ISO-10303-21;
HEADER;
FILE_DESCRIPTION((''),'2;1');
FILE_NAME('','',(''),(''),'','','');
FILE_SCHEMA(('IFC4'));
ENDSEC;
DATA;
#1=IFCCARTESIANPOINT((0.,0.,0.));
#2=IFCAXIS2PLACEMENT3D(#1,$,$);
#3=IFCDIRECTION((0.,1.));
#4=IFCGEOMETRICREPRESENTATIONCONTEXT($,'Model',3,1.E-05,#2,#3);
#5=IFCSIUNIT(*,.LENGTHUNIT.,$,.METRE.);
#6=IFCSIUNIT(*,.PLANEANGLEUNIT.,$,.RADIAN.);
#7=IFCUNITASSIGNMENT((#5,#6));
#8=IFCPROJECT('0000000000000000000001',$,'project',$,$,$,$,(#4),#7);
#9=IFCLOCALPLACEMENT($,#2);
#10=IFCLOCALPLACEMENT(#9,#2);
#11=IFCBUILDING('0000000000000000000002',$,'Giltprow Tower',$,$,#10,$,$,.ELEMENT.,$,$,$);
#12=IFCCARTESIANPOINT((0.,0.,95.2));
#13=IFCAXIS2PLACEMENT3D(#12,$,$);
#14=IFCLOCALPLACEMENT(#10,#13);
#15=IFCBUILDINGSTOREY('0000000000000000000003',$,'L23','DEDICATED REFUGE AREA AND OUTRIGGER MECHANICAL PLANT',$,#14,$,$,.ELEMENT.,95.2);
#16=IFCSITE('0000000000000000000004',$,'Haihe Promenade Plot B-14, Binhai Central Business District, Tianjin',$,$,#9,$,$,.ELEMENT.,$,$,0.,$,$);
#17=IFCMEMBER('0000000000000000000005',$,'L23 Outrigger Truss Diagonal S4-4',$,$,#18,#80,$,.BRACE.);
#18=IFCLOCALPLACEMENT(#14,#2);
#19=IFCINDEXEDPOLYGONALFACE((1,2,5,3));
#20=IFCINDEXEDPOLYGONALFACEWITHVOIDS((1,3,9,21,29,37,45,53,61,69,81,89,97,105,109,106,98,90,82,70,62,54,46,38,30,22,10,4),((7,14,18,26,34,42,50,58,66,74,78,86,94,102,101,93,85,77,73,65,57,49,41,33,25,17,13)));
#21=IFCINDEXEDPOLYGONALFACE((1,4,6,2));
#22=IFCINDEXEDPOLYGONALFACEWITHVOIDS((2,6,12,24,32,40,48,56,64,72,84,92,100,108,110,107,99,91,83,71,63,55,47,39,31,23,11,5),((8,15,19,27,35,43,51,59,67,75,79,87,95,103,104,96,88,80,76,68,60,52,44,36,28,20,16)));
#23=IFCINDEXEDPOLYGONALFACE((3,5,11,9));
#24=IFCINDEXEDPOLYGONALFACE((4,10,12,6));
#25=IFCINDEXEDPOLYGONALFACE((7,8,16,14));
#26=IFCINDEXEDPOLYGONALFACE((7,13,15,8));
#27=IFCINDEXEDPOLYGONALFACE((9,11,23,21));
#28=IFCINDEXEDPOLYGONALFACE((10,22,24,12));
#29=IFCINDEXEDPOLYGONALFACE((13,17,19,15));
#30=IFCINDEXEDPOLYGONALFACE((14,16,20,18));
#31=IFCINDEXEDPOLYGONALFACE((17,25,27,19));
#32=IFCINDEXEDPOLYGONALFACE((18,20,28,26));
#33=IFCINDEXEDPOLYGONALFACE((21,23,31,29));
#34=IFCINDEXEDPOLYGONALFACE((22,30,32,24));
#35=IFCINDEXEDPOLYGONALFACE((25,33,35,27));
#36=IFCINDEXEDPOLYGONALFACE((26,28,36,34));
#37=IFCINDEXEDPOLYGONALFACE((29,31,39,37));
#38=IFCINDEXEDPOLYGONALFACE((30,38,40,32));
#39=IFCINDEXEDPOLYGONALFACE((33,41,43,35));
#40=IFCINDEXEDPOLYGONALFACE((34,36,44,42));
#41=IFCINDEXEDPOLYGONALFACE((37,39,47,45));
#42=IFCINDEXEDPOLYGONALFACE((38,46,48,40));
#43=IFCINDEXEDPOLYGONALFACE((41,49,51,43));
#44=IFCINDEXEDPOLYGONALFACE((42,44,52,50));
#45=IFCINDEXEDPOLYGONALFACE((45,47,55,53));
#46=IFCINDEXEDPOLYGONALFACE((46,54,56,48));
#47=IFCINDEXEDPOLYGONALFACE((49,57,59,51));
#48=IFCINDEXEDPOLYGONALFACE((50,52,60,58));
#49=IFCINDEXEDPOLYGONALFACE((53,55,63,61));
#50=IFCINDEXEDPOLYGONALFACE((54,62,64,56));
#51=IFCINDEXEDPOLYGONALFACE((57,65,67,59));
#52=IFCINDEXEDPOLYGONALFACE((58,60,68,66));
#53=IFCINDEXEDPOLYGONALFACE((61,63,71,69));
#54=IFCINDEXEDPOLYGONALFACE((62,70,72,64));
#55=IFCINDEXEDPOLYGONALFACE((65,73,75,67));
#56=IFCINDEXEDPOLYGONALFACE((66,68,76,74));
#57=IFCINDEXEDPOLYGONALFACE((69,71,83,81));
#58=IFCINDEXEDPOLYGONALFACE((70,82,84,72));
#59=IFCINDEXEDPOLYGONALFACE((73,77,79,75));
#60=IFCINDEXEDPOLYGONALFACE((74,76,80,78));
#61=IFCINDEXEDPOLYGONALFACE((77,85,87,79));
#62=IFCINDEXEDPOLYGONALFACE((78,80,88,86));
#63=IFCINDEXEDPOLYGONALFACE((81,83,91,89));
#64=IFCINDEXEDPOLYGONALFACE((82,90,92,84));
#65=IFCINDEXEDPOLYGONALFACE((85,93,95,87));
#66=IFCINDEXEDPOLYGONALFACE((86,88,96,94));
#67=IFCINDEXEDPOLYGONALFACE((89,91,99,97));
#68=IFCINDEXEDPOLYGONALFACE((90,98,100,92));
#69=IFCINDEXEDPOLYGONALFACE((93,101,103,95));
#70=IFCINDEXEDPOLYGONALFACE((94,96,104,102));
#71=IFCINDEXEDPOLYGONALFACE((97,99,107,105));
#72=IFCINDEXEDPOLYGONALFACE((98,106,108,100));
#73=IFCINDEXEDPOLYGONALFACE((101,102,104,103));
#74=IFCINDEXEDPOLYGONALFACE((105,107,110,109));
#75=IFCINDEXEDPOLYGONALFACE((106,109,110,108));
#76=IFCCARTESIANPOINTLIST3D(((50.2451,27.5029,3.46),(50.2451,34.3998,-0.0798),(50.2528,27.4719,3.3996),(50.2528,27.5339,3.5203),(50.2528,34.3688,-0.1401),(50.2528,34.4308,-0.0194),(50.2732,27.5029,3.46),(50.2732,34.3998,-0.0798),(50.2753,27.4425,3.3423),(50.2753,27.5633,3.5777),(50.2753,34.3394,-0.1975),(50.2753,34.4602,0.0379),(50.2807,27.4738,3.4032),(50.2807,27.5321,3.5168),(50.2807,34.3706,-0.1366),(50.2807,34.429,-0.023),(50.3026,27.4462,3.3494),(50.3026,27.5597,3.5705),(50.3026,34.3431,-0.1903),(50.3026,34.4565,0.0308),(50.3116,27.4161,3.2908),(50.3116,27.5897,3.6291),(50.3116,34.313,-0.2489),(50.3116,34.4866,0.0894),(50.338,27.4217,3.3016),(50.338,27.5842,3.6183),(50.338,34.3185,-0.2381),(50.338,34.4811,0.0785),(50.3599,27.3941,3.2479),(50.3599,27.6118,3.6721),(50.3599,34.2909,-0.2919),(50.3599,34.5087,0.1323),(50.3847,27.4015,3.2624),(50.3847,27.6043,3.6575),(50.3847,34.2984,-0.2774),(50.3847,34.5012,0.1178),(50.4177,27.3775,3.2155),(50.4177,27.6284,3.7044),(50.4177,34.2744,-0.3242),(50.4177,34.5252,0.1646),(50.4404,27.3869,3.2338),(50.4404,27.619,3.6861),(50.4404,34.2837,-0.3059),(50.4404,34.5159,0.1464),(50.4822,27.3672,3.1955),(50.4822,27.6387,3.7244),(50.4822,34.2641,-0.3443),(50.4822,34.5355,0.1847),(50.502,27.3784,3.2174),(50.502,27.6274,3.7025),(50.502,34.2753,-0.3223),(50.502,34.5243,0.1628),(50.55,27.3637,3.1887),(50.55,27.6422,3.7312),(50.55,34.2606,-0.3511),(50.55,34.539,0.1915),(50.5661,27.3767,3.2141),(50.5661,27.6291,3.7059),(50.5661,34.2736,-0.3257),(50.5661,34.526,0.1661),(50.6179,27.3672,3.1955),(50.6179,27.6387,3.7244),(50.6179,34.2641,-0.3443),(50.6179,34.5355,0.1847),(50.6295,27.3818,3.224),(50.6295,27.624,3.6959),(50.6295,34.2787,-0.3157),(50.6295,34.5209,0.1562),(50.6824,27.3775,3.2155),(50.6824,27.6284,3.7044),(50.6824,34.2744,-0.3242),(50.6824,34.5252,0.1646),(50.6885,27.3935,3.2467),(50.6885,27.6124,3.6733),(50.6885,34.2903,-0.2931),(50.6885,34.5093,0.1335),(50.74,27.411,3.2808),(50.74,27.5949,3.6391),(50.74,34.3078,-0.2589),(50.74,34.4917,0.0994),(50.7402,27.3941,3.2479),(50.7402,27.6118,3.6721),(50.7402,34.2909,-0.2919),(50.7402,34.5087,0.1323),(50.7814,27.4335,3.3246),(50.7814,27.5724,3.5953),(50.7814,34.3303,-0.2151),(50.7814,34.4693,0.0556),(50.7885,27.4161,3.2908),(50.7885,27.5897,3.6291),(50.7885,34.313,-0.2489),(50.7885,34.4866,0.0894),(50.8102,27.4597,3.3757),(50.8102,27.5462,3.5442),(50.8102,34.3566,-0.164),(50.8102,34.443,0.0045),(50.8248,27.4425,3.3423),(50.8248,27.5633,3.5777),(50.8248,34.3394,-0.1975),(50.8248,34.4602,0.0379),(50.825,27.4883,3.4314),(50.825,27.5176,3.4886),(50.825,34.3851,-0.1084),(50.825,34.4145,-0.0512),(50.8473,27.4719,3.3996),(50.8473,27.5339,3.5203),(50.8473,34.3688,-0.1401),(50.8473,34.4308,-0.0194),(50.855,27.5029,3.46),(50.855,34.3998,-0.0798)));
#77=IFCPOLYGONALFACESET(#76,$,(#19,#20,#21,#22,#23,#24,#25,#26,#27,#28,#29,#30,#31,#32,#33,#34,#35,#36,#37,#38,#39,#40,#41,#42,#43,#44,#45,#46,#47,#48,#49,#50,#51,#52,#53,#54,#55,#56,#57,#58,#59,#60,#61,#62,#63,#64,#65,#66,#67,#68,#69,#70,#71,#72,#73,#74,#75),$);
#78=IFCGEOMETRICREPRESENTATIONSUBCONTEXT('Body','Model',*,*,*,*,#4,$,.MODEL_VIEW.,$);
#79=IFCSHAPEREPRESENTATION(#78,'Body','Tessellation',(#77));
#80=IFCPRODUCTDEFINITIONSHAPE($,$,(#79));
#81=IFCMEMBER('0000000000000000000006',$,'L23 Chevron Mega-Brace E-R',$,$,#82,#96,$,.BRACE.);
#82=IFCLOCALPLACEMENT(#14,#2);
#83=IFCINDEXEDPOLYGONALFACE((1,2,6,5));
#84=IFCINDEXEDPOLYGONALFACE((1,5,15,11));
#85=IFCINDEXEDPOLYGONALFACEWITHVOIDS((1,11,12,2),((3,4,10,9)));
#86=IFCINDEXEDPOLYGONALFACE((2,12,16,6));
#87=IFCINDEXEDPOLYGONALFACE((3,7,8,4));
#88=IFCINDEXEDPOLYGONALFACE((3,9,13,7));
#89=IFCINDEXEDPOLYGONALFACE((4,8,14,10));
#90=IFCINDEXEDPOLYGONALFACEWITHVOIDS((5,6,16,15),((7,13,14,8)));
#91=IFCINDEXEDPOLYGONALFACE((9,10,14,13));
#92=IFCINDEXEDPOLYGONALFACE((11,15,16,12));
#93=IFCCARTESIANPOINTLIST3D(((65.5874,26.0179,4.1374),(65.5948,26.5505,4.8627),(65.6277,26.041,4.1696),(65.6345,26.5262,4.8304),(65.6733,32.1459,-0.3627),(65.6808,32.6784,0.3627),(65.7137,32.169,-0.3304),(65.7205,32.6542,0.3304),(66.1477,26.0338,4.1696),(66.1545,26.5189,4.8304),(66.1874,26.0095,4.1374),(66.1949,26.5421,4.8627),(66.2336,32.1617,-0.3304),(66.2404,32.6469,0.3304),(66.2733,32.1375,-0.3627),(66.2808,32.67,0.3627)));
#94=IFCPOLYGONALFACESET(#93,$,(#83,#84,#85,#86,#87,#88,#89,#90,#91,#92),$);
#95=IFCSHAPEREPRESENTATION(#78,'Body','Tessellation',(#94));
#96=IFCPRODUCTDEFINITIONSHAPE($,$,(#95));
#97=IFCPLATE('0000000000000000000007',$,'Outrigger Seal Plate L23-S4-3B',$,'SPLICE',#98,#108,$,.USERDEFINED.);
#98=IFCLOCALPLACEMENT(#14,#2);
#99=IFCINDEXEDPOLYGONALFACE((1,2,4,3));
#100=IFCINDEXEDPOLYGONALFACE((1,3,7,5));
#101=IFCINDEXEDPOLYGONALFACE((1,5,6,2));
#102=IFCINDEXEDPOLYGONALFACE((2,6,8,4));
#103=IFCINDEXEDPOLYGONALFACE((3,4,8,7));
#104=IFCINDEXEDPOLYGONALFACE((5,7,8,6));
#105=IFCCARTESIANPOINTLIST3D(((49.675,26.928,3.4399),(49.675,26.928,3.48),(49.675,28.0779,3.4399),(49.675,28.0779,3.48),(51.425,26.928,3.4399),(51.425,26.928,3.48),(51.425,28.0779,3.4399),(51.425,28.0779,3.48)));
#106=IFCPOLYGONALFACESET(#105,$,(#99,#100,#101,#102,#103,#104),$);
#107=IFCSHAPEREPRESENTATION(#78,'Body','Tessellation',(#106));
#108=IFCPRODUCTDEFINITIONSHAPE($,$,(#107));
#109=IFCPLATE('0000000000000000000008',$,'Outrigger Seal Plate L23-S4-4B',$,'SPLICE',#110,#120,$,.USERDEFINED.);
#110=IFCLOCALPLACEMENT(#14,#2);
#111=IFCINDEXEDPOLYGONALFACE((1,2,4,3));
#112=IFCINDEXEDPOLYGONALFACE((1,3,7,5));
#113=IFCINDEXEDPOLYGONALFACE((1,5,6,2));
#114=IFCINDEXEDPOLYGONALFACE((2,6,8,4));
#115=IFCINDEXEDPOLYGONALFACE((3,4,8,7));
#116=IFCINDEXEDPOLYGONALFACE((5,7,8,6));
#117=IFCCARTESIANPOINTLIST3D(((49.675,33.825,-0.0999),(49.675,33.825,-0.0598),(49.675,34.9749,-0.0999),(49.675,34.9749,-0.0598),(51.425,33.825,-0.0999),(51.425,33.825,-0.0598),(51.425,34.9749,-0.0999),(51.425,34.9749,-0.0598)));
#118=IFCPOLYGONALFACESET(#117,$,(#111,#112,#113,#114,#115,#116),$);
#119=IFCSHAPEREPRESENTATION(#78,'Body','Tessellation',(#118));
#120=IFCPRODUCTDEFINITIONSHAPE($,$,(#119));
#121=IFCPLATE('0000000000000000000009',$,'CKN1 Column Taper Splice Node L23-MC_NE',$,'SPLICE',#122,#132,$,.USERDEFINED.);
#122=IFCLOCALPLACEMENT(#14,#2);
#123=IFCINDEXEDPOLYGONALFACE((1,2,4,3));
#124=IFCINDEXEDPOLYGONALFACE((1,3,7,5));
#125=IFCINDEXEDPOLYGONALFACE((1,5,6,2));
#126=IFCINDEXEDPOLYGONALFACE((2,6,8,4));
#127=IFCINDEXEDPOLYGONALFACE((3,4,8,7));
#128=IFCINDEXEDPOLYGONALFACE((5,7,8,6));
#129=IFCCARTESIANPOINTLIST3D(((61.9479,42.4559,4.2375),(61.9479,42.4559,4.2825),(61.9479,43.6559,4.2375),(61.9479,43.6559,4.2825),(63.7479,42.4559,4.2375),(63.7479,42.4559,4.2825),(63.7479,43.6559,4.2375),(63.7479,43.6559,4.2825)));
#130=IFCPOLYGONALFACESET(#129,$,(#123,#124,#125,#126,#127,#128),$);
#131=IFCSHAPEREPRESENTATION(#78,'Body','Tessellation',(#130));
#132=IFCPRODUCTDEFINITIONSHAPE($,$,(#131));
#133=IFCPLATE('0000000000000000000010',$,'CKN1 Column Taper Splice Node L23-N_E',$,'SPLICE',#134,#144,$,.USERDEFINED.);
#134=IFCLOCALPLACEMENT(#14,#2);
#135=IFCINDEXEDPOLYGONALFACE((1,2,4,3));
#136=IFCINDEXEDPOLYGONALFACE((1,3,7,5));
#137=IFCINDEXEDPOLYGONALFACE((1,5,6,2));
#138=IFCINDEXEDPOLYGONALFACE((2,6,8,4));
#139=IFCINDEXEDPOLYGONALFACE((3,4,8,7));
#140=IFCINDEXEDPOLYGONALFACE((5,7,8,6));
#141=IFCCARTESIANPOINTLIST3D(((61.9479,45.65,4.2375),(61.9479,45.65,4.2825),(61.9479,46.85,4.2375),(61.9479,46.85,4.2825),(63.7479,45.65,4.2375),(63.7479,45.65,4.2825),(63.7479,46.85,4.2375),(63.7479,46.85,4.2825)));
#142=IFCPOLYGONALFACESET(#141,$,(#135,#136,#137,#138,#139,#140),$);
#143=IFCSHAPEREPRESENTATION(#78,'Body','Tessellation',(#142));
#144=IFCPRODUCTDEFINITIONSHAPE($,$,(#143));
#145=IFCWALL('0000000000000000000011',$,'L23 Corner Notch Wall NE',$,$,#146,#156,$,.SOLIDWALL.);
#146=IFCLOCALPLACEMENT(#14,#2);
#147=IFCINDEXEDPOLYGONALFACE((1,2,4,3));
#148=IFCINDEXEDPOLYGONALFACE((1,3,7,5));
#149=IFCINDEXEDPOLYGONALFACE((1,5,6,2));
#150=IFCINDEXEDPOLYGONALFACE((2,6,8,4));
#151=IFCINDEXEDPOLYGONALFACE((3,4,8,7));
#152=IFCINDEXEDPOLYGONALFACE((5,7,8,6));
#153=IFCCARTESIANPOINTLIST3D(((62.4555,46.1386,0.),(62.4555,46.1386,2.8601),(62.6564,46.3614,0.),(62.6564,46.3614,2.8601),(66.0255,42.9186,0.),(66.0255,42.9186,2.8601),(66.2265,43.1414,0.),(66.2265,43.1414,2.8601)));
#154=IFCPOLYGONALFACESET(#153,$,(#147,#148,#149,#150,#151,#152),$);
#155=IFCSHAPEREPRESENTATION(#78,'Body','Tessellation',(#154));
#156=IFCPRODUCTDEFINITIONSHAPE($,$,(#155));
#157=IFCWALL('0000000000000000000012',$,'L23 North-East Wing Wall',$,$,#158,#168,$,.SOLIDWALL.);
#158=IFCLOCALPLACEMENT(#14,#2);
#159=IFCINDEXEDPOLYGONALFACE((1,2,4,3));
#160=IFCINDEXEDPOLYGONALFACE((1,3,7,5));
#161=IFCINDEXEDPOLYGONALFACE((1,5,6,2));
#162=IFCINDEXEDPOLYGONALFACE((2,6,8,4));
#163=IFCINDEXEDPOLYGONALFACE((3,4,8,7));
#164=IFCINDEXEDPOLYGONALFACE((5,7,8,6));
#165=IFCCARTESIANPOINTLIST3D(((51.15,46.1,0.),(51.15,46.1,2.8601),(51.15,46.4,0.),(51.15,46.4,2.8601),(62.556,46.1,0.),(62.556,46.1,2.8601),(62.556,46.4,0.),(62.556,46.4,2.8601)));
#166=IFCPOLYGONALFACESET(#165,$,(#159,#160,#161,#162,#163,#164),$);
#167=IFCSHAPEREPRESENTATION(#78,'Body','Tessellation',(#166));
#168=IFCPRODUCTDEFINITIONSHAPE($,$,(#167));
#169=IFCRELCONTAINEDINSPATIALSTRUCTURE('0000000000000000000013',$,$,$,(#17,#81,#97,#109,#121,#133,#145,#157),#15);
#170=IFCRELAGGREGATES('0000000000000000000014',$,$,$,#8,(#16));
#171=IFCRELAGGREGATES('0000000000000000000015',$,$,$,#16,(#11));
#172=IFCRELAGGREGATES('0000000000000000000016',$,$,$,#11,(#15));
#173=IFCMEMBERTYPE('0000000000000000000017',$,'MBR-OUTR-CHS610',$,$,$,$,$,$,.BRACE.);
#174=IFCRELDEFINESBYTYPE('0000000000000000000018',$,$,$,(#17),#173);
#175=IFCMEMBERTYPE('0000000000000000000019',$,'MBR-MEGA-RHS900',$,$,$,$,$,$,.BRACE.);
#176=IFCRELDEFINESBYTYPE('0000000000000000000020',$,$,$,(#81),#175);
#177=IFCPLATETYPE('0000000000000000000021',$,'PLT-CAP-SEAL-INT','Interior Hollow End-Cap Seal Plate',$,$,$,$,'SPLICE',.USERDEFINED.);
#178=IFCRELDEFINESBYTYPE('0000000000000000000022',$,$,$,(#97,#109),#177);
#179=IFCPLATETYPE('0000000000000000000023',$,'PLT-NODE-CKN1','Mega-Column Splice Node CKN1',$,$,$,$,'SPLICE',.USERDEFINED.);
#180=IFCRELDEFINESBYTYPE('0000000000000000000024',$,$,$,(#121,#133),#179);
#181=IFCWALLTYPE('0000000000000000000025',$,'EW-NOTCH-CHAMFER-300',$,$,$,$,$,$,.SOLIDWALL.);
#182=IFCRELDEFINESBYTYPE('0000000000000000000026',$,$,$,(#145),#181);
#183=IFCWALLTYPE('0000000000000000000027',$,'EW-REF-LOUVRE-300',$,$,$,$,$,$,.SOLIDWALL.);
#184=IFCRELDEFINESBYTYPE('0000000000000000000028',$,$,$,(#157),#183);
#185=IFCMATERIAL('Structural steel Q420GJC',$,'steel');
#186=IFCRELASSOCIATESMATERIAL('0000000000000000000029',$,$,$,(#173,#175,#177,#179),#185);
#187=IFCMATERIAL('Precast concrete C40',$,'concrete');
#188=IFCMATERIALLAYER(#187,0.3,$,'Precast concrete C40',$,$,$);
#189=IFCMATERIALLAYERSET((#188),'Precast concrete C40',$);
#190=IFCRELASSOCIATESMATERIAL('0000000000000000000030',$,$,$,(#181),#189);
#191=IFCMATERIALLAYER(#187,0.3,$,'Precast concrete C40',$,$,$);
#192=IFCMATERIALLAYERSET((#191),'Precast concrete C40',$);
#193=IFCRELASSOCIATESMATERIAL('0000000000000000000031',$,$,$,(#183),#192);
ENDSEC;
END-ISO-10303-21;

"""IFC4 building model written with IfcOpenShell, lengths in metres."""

from ifc_helpers import new_model, si_unit, direction, frame, frame_2d, origin, origin_2d, place, context, subcontext, project, spatial, rectangle, hollow_rectangle, hollow_circle, extrude, source, transform, mapped, material, layer, layer_set, material_profile, profile_set, type_object, element, save


model = new_model("IFC4")

# Units and contexts
model_context = context("Model", 3, precision=1e-05, world=origin(), true_north=direction((0.0, 1.0)))
body_context = subcontext(model_context, "Body", "Model", "MODEL_VIEW")
ifc_project = project(units=[si_unit("LENGTHUNIT", "METRE"), si_unit("PLANEANGLEUNIT", "RADIAN")], contexts=[model_context])

# Site, building, storey
site_placement = place(None, origin())
site = spatial("IfcSite", under=ifc_project, at=site_placement, Name="Haihe Promenade Plot B-14, Binhai Central Business District, Tianjin", CompositionType="ELEMENT", RefElevation=0.0)
building_placement = place(site_placement, origin())
building = spatial("IfcBuilding", under=site, at=building_placement, Name="Giltprow Tower", CompositionType="ELEMENT")
storey_placement = place(building_placement, frame((0.0, 0.0, 95.2)))
storey = spatial("IfcBuildingStorey", under=building, at=storey_placement, Name="L23", Description="DEDICATED REFUGE AREA AND OUTRIGGER MECHANICAL PLANT", CompositionType="ELEMENT", Elevation=95.2)

# Shared definitions
ifc_material_1 = material(Name="Structural steel Q420GJC", Category="steel")

# Members
ifc_material_profile_1 = material_profile(ifc_material_1, hollow_circle(Radius=0.3049, WallThickness=0.0281, at=origin_2d()), Name="CHS 610x28")
ifc_profile_set_1 = profile_set([ifc_material_profile_1], Name="Structural steel Q420GJC")
member_type_1 = type_object("IfcMemberType", Name="MBR-OUTR-CHS610", PredefinedType="BRACE", material=ifc_profile_set_1)
shared_shape_1 = source(origin(), body_context, "Body", "SweptSolid", [
    extrude(hollow_circle(Radius=0.3049, WallThickness=0.0281, at=origin_2d()), origin(), (0.0, 0.0, 1.0), 7.7522),
])
member_1_placement = place(storey_placement, frame((50.55, 27.5029, 3.46), z_axis=(0.0, 0.889666, -0.456611), x_axis=(-1.0, 0.0, 0.0)))
element("IfcMember", 1, at=member_1_placement, inside=storey, type_object=member_type_1, Name="L23 Outrigger Truss Diagonal S4-4", PredefinedType="BRACE", context=body_context, shape_type="MappedRepresentation", body=[
    mapped(shared_shape_1, transform((0.0, 0.0, 0.0), x_axis=(1.0, 0.0, 0.0), y_axis=(0.0, 1.0, 0.0), z_axis=(0.0, 0.0, 1.0), scale=1.0)),
])
ifc_material_profile_2 = material_profile(ifc_material_1, hollow_rectangle(XDim=0.6001, YDim=0.8999, WallThickness=0.04, at=origin_2d()), Name="RHS 900x600x40")
ifc_profile_set_2 = profile_set([ifc_material_profile_2], Name="Structural steel Q420GJC")
member_type_2 = type_object("IfcMemberType", Name="MBR-MEGA-RHS900", PredefinedType="BRACE", material=ifc_profile_set_2)
shared_shape_2 = source(origin(), body_context, "Body", "SweptSolid", [
    extrude(hollow_rectangle(XDim=0.6001, YDim=0.8999, WallThickness=0.04, at=origin_2d()), origin(), (0.0, 0.0, 1.0), 7.6033),
])
member_2_placement = place(storey_placement, frame((65.9771, 32.408, 0.0), z_axis=(-0.011303, -0.805965, 0.591855), x_axis=(0.999902, -0.014023, 0.0)))
element("IfcMember", 2, at=member_2_placement, inside=storey, type_object=member_type_2, Name="L23 Chevron Mega-Brace E-R", PredefinedType="BRACE", context=body_context, shape_type="MappedRepresentation", body=[
    mapped(shared_shape_2, transform((0.0, 0.0, 0.0), x_axis=(1.0, 0.0, 0.0), y_axis=(0.0, 1.0, 0.0), z_axis=(0.0, 0.0, 1.0), scale=1.0)),
])

# Plates
plate_type_1 = type_object("IfcPlateType", Name="PLT-CAP-SEAL-INT", Description="Interior Hollow End-Cap Seal Plate", ElementType="SPLICE", PredefinedType="USERDEFINED", material=ifc_material_1)
shared_shape_3 = source(origin(), body_context, "Body", "SweptSolid", [
    extrude(rectangle(XDim=1.75, YDim=1.1499, at=origin_2d()), origin(), (0.0, 0.0, 1.0), 0.04),
])
for number, where, z_axis, x_axis, name in (
    (3, (50.55, 27.5029, 3.4399), (0.0, 0.0, 1.0), (1.0, 0.0, 0.0), "Outrigger Seal Plate L23-S4-3B"),
    (4, (50.55, 34.3999, -0.0999), (0.0, 0.0, 1.0), (1.0, 0.0, 0.0), "Outrigger Seal Plate L23-S4-4B"),
):
    element("IfcPlate", number, at=place(storey_placement, frame(where, z_axis=z_axis, x_axis=x_axis)), inside=storey, type_object=plate_type_1, Name=name, ObjectType="SPLICE", PredefinedType="USERDEFINED", context=body_context, shape_type="MappedRepresentation", body=[
        mapped(shared_shape_3, transform((0.0, 0.0, 0.0), x_axis=(1.0, 0.0, 0.0), y_axis=(0.0, 1.0, 0.0), z_axis=(0.0, 0.0, 1.0), scale=1.0)),
    ])
plate_type_2 = type_object("IfcPlateType", Name="PLT-NODE-CKN1", Description="Mega-Column Splice Node CKN1", ElementType="SPLICE", PredefinedType="USERDEFINED", material=ifc_material_1)
shared_shape_4 = source(origin(), body_context, "Body", "SweptSolid", [
    extrude(rectangle(XDim=1.8, YDim=1.2, at=origin_2d()), origin(), (0.0, 0.0, 1.0), 0.0449),
])
for number, where, z_axis, x_axis, name in (
    (5, (62.8479, 43.0559, 4.2375), (0.0, 0.0, 1.0), (1.0, 0.0, 0.0), "CKN1 Column Taper Splice Node L23-MC_NE"),
    (6, (62.8479, 46.25, 4.2375), (0.0, 0.0, 1.0), (1.0, 0.0, 0.0), "CKN1 Column Taper Splice Node L23-N_E"),
):
    element("IfcPlate", number, at=place(storey_placement, frame(where, z_axis=z_axis, x_axis=x_axis)), inside=storey, type_object=plate_type_2, Name=name, ObjectType="SPLICE", PredefinedType="USERDEFINED", context=body_context, shape_type="MappedRepresentation", body=[
        mapped(shared_shape_4, transform((0.0, 0.0, 0.0), x_axis=(1.0, 0.0, 0.0), y_axis=(0.0, 1.0, 0.0), z_axis=(0.0, 0.0, 1.0), scale=1.0)),
    ])

# Walls
ifc_material_2 = material(Name="Precast concrete C40", Category="concrete")
ifc_layer_1 = layer(ifc_material_2, 0.3, Name="Precast concrete C40")
ifc_layer_set_1 = layer_set([ifc_layer_1], Name="Precast concrete C40")
wall_type_1 = type_object("IfcWallType", Name="EW-NOTCH-CHAMFER-300", PredefinedType="SOLIDWALL", material=ifc_layer_set_1)
wall_1_placement = place(storey_placement, frame((66.126, 43.03, 0.0), z_axis=(0.0, 0.0, 1.0), x_axis=(-0.742579, 0.669758, 0.0)))
element("IfcWall", 7, at=wall_1_placement, inside=storey, type_object=wall_type_1, Name="L23 Corner Notch Wall NE", PredefinedType="SOLIDWALL", context=body_context, shape_type="SweptSolid", body=[
    extrude(rectangle(XDim=4.8076, YDim=0.3, at=frame_2d((2.4038, 0.0))), origin(), (0.0, 0.0, 1.0), 2.8601),
])
ifc_layer_2 = layer(ifc_material_2, 0.3, Name="Precast concrete C40")
ifc_layer_set_2 = layer_set([ifc_layer_2], Name="Precast concrete C40")
wall_type_2 = type_object("IfcWallType", Name="EW-REF-LOUVRE-300", PredefinedType="SOLIDWALL", material=ifc_layer_set_2)
wall_2_placement = place(storey_placement, frame((51.1499, 46.25, 0.0), z_axis=(0.0, 0.0, 1.0), x_axis=(1.0, 0.0, 0.0)))
element("IfcWall", 8, at=wall_2_placement, inside=storey, type_object=wall_type_2, Name="L23 North-East Wing Wall", PredefinedType="SOLIDWALL", context=body_context, shape_type="SweptSolid", body=[
    extrude(rectangle(XDim=11.406, YDim=0.3, at=frame_2d((5.7031, 0.0))), origin(), (0.0, 0.0, 1.0), 2.8601),
])

save(model, "model.ifc")
